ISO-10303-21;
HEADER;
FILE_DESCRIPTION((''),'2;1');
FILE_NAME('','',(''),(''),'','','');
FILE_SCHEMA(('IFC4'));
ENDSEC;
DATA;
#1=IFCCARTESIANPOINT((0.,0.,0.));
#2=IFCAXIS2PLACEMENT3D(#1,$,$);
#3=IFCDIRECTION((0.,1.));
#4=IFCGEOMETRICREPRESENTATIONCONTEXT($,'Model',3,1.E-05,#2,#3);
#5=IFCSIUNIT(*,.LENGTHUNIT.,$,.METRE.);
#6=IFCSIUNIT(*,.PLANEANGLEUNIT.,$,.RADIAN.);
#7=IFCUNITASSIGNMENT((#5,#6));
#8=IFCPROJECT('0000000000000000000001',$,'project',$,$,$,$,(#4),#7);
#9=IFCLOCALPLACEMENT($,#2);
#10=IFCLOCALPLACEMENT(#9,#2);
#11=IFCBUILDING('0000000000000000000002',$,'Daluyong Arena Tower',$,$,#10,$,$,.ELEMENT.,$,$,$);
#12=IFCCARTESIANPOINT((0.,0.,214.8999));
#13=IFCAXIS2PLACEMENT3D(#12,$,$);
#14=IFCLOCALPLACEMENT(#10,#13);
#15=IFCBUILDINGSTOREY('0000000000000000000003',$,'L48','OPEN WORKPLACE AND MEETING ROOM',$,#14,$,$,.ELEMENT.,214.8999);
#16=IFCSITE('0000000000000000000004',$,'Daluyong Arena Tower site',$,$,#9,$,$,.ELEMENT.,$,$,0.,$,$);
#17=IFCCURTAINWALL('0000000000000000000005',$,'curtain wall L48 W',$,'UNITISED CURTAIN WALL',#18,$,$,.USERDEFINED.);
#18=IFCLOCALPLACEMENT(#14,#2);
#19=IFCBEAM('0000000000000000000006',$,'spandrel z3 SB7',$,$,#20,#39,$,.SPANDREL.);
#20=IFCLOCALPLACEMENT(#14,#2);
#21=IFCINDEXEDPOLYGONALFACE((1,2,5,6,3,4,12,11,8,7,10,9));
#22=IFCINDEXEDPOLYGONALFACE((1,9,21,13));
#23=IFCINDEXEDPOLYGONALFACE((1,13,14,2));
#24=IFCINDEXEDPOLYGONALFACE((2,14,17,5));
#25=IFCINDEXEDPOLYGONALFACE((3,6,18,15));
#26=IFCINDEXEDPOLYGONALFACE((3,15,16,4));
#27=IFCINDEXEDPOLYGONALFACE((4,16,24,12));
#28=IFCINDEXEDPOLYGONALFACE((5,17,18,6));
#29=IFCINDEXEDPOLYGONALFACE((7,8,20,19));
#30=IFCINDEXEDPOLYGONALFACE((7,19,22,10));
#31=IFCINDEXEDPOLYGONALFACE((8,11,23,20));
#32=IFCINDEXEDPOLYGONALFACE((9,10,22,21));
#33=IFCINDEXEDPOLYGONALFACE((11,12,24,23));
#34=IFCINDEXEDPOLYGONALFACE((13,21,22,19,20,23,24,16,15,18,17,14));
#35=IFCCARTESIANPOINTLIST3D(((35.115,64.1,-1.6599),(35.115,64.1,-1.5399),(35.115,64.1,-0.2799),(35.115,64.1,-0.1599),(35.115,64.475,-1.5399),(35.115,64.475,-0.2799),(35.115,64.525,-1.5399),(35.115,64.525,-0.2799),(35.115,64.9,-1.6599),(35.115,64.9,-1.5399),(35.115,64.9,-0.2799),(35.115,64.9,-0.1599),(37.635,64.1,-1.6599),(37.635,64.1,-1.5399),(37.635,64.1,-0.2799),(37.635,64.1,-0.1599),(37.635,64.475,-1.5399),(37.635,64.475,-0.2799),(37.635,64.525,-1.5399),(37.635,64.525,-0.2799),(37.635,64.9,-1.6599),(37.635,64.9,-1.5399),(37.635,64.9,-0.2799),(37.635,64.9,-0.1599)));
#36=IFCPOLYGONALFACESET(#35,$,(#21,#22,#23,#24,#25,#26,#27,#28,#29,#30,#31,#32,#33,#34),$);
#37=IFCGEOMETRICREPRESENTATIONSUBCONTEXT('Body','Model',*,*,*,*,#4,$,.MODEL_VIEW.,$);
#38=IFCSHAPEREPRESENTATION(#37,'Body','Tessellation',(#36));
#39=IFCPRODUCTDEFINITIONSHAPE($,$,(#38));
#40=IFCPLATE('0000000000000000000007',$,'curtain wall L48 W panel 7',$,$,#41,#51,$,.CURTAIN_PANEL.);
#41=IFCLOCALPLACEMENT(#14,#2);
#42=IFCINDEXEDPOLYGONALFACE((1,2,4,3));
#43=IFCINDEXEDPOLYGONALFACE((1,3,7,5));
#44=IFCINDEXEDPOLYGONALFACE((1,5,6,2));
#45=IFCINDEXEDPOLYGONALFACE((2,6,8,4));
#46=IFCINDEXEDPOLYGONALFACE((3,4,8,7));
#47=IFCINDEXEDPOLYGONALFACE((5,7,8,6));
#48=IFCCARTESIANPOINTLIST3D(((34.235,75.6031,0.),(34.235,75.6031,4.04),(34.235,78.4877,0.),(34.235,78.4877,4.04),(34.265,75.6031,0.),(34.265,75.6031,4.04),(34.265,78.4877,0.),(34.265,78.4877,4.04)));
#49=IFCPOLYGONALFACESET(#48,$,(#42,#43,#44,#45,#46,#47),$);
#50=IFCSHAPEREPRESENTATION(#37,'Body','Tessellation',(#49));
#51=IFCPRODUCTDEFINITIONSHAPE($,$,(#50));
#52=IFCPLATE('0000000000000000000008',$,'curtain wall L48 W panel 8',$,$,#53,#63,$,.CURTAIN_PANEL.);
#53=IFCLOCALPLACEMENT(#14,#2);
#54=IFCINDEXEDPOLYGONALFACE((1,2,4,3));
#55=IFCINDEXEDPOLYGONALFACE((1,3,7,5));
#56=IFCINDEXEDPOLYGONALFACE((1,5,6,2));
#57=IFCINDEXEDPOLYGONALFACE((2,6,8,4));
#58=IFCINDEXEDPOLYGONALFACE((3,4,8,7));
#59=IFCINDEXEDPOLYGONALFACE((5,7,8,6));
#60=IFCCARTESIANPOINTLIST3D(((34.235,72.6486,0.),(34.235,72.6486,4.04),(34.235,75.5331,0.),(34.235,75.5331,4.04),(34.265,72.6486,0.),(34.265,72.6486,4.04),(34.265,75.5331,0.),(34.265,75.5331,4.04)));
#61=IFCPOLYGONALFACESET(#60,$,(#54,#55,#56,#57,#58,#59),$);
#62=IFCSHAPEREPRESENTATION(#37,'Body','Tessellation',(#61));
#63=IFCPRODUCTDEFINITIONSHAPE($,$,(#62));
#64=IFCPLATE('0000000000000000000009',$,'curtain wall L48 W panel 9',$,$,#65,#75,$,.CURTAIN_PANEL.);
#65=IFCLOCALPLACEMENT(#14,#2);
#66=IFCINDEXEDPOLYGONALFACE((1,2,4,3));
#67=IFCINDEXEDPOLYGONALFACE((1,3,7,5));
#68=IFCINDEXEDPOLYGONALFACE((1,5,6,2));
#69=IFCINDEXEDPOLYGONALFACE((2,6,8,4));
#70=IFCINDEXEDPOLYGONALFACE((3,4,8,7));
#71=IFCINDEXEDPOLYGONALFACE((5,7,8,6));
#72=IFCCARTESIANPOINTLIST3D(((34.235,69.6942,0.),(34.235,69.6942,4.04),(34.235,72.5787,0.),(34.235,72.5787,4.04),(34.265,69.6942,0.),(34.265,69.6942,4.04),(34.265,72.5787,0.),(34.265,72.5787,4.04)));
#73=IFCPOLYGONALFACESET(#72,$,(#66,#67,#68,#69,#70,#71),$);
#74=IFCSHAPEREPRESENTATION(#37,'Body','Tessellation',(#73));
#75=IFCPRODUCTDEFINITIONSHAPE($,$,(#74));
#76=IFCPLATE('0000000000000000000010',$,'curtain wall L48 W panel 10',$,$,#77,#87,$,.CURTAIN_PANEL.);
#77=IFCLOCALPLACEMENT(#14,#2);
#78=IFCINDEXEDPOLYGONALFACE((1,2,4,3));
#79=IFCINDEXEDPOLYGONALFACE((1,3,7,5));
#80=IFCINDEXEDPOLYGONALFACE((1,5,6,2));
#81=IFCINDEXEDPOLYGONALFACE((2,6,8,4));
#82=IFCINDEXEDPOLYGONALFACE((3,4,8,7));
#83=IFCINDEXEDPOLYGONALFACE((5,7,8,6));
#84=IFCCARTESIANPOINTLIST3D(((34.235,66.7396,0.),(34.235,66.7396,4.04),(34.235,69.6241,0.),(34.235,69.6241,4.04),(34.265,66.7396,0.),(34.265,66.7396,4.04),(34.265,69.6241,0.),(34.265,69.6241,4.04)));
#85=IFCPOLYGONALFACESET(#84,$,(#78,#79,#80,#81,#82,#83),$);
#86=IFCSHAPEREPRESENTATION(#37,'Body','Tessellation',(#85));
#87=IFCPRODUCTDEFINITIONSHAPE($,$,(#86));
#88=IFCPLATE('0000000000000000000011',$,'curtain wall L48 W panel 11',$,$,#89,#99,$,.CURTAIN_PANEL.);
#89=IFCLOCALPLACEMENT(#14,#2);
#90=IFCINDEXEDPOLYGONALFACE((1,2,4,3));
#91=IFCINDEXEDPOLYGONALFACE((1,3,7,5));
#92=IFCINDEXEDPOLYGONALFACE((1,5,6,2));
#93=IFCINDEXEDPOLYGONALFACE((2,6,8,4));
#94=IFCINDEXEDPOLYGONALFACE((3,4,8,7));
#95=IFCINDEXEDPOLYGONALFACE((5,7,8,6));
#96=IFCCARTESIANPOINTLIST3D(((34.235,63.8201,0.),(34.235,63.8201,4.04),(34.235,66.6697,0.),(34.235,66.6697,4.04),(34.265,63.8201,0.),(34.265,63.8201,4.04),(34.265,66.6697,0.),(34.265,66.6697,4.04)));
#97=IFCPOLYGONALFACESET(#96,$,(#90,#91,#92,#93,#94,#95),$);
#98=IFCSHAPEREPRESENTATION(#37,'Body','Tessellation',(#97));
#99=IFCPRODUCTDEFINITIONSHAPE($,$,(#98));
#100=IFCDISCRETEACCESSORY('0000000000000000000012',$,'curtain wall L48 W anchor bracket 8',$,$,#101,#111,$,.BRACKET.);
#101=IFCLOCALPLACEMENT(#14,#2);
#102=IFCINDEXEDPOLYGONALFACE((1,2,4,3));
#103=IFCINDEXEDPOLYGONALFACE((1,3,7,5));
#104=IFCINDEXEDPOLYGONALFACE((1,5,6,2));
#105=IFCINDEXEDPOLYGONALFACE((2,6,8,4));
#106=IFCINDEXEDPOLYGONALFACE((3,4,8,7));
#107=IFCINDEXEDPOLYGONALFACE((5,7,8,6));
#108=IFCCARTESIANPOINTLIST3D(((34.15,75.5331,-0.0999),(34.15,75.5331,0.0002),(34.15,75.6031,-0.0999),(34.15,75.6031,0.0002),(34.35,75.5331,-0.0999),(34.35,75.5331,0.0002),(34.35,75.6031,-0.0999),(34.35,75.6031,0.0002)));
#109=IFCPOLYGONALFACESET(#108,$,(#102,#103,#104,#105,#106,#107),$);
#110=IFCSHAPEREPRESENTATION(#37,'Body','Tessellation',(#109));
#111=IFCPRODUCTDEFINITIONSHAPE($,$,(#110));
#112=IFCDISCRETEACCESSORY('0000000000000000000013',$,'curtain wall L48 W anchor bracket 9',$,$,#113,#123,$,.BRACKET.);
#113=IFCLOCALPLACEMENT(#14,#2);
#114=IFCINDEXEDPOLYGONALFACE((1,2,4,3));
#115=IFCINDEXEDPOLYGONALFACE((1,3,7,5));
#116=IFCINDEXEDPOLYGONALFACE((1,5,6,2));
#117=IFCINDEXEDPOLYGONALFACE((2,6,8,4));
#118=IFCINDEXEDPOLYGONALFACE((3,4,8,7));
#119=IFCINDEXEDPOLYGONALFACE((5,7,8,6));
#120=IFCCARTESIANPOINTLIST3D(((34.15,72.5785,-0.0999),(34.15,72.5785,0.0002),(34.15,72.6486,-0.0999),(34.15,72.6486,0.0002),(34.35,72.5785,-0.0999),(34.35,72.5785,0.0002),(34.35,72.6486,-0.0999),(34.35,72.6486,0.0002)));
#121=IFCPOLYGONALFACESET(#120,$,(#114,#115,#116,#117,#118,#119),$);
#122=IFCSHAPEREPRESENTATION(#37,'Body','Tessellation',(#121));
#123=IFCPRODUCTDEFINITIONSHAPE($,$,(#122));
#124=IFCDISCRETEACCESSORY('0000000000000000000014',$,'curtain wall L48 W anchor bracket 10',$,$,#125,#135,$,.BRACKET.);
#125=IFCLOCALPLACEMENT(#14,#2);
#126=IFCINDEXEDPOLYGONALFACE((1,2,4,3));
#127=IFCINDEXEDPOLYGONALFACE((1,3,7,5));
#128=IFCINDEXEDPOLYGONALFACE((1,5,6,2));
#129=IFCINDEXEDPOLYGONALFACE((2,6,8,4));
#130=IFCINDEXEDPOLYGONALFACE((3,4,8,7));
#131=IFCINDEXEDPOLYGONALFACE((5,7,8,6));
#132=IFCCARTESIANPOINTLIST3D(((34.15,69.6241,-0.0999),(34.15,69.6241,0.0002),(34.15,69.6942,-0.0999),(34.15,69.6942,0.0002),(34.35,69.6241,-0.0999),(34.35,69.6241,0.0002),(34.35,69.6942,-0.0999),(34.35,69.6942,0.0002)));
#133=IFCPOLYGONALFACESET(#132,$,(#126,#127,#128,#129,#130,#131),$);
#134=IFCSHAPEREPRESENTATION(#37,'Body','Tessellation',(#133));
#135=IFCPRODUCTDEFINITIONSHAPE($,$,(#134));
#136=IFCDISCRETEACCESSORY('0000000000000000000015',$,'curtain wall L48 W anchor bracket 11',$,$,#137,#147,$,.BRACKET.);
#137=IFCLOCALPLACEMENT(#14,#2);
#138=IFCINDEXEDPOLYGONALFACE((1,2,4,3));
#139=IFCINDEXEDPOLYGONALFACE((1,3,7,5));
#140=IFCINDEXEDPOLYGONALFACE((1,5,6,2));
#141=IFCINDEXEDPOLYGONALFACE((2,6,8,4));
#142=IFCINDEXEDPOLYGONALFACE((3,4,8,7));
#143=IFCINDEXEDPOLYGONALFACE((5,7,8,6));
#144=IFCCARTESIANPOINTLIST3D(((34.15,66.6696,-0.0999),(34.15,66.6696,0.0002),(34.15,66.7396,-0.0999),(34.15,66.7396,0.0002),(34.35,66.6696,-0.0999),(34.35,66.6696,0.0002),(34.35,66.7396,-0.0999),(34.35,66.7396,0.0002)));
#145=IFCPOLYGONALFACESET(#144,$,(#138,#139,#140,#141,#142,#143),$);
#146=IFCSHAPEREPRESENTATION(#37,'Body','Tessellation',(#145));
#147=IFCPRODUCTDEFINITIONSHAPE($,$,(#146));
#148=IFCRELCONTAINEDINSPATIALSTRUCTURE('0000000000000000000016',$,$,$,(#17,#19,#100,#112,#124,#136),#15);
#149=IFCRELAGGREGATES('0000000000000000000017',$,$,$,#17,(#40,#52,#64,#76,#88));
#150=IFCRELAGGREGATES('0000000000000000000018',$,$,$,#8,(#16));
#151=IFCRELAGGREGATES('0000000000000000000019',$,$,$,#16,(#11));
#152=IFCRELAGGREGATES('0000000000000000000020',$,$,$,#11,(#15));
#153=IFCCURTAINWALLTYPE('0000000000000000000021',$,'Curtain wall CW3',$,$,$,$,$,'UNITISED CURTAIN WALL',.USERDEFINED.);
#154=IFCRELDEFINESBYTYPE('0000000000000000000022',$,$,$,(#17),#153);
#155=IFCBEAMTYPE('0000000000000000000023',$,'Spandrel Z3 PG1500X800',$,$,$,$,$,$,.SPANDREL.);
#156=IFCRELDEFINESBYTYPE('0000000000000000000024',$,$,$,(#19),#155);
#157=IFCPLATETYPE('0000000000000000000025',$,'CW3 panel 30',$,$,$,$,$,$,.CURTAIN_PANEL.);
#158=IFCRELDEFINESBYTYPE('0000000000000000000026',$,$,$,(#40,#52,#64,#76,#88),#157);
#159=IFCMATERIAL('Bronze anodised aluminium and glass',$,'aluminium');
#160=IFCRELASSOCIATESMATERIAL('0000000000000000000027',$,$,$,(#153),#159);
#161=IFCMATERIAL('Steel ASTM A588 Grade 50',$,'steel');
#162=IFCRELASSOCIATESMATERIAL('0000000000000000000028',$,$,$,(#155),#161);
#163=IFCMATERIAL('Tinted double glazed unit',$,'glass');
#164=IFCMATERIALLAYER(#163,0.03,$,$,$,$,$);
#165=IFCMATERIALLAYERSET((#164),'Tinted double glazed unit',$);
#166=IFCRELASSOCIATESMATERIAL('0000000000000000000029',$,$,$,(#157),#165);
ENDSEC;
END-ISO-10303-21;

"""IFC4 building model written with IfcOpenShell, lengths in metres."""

from ifc_helpers import new_model, si_unit, direction, frame, origin, origin_2d, place, context, subcontext, project, spatial, rectangle, i_section, extrude, material, layer, layer_set, material_profile, profile_set, type_object, element, aggregate, save


model = new_model("IFC4")

# Units and contexts
model_context = context("Model", 3, precision=1e-05, world=origin(), true_north=direction((0.0, 1.0)))
body_context = subcontext(model_context, "Body", "Model", "MODEL_VIEW")
ifc_project = project(units=[si_unit("LENGTHUNIT", "METRE"), si_unit("PLANEANGLEUNIT", "RADIAN")], contexts=[model_context])

# Site, building, storey
site_placement = place(None, origin())
site = spatial("IfcSite", under=ifc_project, at=site_placement, Name="Daluyong Arena Tower site", CompositionType="ELEMENT", RefElevation=0.0)
building_placement = place(site_placement, origin())
building = spatial("IfcBuilding", under=site, at=building_placement, Name="Daluyong Arena Tower", CompositionType="ELEMENT")
storey_placement = place(building_placement, frame((0.0, 0.0, 214.8999)))
storey = spatial("IfcBuildingStorey", under=building, at=storey_placement, Name="L48", Description="OPEN WORKPLACE AND MEETING ROOM", CompositionType="ELEMENT", Elevation=214.8999)

# Curtain wall
ifc_material_1 = material(Name="Bronze anodised aluminium and glass", Category="aluminium")
curtain_wall_type_1 = type_object("IfcCurtainWallType", Name="Curtain wall CW3", ElementType="UNITISED CURTAIN WALL", PredefinedType="USERDEFINED", material=ifc_material_1)
curtain_wall_1_placement = place(storey_placement, origin())
curtain_wall_1 = element("IfcCurtainWall", 1, at=curtain_wall_1_placement, inside=storey, type_object=curtain_wall_type_1, Name="curtain wall L48 W", ObjectType="UNITISED CURTAIN WALL", PredefinedType="USERDEFINED")

# Beam
ifc_material_2 = material(Name="Steel ASTM A588 Grade 50", Category="steel")
ifc_material_profile_1 = material_profile(ifc_material_2, i_section(OverallWidth=0.8, OverallDepth=1.5, WebThickness=0.05, FlangeThickness=0.12, at=origin_2d()))
ifc_profile_set_1 = profile_set([ifc_material_profile_1], Name="Steel ASTM A588 Grade 50")
beam_type_1 = type_object("IfcBeamType", Name="Spandrel Z3 PG1500X800", PredefinedType="SPANDREL", material=ifc_profile_set_1)
beam_1_placement = place(storey_placement, frame((35.115, 64.5, -0.9099), z_axis=(1.0, 0.0, 0.0), x_axis=(0.0, 1.0, 0.0)))
element("IfcBeam", 2, at=beam_1_placement, inside=storey, type_object=beam_type_1, Name="spandrel z3 SB7", PredefinedType="SPANDREL", context=body_context, shape_type="SweptSolid", body=[
    extrude(i_section(OverallWidth=0.8, OverallDepth=1.5, WebThickness=0.05, FlangeThickness=0.12, at=origin_2d()), origin(), (0.0, 0.0, 1.0), 2.52),
])

# Plates
ifc_material_3 = material(Name="Tinted double glazed unit", Category="glass")
ifc_layer = layer(ifc_material_3, 0.03)
ifc_layer_set = layer_set([ifc_layer], Name="Tinted double glazed unit")
plate_type = type_object("IfcPlateType", Name="CW3 panel 30", PredefinedType="CURTAIN_PANEL", material=ifc_layer_set)
plate_1_placement = place(storey_placement, frame((34.25, 77.0454, 0.0), z_axis=(0.0, 0.0, 1.0), x_axis=(0.0, -1.0, 0.0)))
plate_1 = element("IfcPlate", 3, at=plate_1_placement, type_object=plate_type, Name="curtain wall L48 W panel 7", PredefinedType="CURTAIN_PANEL", context=body_context, shape_type="SweptSolid", body=[
    extrude(rectangle(XDim=2.8845, YDim=0.03, at=origin_2d()), origin(), (0.0, 0.0, 1.0), 4.04),
])
plate_2_placement = place(storey_placement, frame((34.25, 74.0908, 0.0), z_axis=(0.0, 0.0, 1.0), x_axis=(0.0, -1.0, 0.0)))
plate_2 = element("IfcPlate", 4, at=plate_2_placement, type_object=plate_type, Name="curtain wall L48 W panel 8", PredefinedType="CURTAIN_PANEL", context=body_context, shape_type="SweptSolid", body=[
    extrude(rectangle(XDim=2.8845, YDim=0.03, at=origin_2d()), origin(), (0.0, 0.0, 1.0), 4.04),
])
plate_3_placement = place(storey_placement, frame((34.25, 71.1365, 0.0), z_axis=(0.0, 0.0, 1.0), x_axis=(0.0, -1.0, 0.0)))
plate_3 = element("IfcPlate", 5, at=plate_3_placement, type_object=plate_type, Name="curtain wall L48 W panel 9", PredefinedType="CURTAIN_PANEL", context=body_context, shape_type="SweptSolid", body=[
    extrude(rectangle(XDim=2.8845, YDim=0.03, at=origin_2d()), origin(), (0.0, 0.0, 1.0), 4.04),
])
plate_4_placement = place(storey_placement, frame((34.25, 68.1819, 0.0), z_axis=(0.0, 0.0, 1.0), x_axis=(0.0, -1.0, 0.0)))
plate_4 = element("IfcPlate", 6, at=plate_4_placement, type_object=plate_type, Name="curtain wall L48 W panel 10", PredefinedType="CURTAIN_PANEL", context=body_context, shape_type="SweptSolid", body=[
    extrude(rectangle(XDim=2.8845, YDim=0.03, at=origin_2d()), origin(), (0.0, 0.0, 1.0), 4.04),
])
plate_5_placement = place(storey_placement, frame((34.25, 65.2449, 0.0), z_axis=(0.0, 0.0, 1.0), x_axis=(0.0, -1.0, 0.0)))
plate_5 = element("IfcPlate", 7, at=plate_5_placement, type_object=plate_type, Name="curtain wall L48 W panel 11", PredefinedType="CURTAIN_PANEL", context=body_context, shape_type="SweptSolid", body=[
    extrude(rectangle(XDim=2.8496, YDim=0.03, at=origin_2d()), origin(), (0.0, 0.0, 1.0), 4.04),
])
aggregate(curtain_wall_1, [plate_1, plate_2, plate_3, plate_4, plate_5])

# Discrete accessories
for number, where, z_axis, x_axis, name in (
    (8, (34.25, 75.5681, -0.0999), (0.0, 0.0, 1.0), (0.0, -1.0, 0.0), "curtain wall L48 W anchor bracket 8"),
    (9, (34.25, 72.6135, -0.0999), (0.0, 0.0, 1.0), (0.0, -1.0, 0.0), "curtain wall L48 W anchor bracket 9"),
    (10, (34.25, 69.6592, -0.0999), (0.0, 0.0, 1.0), (0.0, -1.0, 0.0), "curtain wall L48 W anchor bracket 10"),
    (11, (34.25, 66.7046, -0.0999), (0.0, 0.0, 1.0), (0.0, -1.0, 0.0), "curtain wall L48 W anchor bracket 11"),
):
    element("IfcDiscreteAccessory", number, at=place(storey_placement, frame(where, z_axis=z_axis, x_axis=x_axis)), inside=storey, Name=name, PredefinedType="BRACKET", context=body_context, shape_type="SweptSolid", body=[
        extrude(rectangle(XDim=0.0701, YDim=0.2, at=origin_2d()), origin(), (0.0, 0.0, 1.0), 0.1001),
    ])

save(model, "model.ifc")
